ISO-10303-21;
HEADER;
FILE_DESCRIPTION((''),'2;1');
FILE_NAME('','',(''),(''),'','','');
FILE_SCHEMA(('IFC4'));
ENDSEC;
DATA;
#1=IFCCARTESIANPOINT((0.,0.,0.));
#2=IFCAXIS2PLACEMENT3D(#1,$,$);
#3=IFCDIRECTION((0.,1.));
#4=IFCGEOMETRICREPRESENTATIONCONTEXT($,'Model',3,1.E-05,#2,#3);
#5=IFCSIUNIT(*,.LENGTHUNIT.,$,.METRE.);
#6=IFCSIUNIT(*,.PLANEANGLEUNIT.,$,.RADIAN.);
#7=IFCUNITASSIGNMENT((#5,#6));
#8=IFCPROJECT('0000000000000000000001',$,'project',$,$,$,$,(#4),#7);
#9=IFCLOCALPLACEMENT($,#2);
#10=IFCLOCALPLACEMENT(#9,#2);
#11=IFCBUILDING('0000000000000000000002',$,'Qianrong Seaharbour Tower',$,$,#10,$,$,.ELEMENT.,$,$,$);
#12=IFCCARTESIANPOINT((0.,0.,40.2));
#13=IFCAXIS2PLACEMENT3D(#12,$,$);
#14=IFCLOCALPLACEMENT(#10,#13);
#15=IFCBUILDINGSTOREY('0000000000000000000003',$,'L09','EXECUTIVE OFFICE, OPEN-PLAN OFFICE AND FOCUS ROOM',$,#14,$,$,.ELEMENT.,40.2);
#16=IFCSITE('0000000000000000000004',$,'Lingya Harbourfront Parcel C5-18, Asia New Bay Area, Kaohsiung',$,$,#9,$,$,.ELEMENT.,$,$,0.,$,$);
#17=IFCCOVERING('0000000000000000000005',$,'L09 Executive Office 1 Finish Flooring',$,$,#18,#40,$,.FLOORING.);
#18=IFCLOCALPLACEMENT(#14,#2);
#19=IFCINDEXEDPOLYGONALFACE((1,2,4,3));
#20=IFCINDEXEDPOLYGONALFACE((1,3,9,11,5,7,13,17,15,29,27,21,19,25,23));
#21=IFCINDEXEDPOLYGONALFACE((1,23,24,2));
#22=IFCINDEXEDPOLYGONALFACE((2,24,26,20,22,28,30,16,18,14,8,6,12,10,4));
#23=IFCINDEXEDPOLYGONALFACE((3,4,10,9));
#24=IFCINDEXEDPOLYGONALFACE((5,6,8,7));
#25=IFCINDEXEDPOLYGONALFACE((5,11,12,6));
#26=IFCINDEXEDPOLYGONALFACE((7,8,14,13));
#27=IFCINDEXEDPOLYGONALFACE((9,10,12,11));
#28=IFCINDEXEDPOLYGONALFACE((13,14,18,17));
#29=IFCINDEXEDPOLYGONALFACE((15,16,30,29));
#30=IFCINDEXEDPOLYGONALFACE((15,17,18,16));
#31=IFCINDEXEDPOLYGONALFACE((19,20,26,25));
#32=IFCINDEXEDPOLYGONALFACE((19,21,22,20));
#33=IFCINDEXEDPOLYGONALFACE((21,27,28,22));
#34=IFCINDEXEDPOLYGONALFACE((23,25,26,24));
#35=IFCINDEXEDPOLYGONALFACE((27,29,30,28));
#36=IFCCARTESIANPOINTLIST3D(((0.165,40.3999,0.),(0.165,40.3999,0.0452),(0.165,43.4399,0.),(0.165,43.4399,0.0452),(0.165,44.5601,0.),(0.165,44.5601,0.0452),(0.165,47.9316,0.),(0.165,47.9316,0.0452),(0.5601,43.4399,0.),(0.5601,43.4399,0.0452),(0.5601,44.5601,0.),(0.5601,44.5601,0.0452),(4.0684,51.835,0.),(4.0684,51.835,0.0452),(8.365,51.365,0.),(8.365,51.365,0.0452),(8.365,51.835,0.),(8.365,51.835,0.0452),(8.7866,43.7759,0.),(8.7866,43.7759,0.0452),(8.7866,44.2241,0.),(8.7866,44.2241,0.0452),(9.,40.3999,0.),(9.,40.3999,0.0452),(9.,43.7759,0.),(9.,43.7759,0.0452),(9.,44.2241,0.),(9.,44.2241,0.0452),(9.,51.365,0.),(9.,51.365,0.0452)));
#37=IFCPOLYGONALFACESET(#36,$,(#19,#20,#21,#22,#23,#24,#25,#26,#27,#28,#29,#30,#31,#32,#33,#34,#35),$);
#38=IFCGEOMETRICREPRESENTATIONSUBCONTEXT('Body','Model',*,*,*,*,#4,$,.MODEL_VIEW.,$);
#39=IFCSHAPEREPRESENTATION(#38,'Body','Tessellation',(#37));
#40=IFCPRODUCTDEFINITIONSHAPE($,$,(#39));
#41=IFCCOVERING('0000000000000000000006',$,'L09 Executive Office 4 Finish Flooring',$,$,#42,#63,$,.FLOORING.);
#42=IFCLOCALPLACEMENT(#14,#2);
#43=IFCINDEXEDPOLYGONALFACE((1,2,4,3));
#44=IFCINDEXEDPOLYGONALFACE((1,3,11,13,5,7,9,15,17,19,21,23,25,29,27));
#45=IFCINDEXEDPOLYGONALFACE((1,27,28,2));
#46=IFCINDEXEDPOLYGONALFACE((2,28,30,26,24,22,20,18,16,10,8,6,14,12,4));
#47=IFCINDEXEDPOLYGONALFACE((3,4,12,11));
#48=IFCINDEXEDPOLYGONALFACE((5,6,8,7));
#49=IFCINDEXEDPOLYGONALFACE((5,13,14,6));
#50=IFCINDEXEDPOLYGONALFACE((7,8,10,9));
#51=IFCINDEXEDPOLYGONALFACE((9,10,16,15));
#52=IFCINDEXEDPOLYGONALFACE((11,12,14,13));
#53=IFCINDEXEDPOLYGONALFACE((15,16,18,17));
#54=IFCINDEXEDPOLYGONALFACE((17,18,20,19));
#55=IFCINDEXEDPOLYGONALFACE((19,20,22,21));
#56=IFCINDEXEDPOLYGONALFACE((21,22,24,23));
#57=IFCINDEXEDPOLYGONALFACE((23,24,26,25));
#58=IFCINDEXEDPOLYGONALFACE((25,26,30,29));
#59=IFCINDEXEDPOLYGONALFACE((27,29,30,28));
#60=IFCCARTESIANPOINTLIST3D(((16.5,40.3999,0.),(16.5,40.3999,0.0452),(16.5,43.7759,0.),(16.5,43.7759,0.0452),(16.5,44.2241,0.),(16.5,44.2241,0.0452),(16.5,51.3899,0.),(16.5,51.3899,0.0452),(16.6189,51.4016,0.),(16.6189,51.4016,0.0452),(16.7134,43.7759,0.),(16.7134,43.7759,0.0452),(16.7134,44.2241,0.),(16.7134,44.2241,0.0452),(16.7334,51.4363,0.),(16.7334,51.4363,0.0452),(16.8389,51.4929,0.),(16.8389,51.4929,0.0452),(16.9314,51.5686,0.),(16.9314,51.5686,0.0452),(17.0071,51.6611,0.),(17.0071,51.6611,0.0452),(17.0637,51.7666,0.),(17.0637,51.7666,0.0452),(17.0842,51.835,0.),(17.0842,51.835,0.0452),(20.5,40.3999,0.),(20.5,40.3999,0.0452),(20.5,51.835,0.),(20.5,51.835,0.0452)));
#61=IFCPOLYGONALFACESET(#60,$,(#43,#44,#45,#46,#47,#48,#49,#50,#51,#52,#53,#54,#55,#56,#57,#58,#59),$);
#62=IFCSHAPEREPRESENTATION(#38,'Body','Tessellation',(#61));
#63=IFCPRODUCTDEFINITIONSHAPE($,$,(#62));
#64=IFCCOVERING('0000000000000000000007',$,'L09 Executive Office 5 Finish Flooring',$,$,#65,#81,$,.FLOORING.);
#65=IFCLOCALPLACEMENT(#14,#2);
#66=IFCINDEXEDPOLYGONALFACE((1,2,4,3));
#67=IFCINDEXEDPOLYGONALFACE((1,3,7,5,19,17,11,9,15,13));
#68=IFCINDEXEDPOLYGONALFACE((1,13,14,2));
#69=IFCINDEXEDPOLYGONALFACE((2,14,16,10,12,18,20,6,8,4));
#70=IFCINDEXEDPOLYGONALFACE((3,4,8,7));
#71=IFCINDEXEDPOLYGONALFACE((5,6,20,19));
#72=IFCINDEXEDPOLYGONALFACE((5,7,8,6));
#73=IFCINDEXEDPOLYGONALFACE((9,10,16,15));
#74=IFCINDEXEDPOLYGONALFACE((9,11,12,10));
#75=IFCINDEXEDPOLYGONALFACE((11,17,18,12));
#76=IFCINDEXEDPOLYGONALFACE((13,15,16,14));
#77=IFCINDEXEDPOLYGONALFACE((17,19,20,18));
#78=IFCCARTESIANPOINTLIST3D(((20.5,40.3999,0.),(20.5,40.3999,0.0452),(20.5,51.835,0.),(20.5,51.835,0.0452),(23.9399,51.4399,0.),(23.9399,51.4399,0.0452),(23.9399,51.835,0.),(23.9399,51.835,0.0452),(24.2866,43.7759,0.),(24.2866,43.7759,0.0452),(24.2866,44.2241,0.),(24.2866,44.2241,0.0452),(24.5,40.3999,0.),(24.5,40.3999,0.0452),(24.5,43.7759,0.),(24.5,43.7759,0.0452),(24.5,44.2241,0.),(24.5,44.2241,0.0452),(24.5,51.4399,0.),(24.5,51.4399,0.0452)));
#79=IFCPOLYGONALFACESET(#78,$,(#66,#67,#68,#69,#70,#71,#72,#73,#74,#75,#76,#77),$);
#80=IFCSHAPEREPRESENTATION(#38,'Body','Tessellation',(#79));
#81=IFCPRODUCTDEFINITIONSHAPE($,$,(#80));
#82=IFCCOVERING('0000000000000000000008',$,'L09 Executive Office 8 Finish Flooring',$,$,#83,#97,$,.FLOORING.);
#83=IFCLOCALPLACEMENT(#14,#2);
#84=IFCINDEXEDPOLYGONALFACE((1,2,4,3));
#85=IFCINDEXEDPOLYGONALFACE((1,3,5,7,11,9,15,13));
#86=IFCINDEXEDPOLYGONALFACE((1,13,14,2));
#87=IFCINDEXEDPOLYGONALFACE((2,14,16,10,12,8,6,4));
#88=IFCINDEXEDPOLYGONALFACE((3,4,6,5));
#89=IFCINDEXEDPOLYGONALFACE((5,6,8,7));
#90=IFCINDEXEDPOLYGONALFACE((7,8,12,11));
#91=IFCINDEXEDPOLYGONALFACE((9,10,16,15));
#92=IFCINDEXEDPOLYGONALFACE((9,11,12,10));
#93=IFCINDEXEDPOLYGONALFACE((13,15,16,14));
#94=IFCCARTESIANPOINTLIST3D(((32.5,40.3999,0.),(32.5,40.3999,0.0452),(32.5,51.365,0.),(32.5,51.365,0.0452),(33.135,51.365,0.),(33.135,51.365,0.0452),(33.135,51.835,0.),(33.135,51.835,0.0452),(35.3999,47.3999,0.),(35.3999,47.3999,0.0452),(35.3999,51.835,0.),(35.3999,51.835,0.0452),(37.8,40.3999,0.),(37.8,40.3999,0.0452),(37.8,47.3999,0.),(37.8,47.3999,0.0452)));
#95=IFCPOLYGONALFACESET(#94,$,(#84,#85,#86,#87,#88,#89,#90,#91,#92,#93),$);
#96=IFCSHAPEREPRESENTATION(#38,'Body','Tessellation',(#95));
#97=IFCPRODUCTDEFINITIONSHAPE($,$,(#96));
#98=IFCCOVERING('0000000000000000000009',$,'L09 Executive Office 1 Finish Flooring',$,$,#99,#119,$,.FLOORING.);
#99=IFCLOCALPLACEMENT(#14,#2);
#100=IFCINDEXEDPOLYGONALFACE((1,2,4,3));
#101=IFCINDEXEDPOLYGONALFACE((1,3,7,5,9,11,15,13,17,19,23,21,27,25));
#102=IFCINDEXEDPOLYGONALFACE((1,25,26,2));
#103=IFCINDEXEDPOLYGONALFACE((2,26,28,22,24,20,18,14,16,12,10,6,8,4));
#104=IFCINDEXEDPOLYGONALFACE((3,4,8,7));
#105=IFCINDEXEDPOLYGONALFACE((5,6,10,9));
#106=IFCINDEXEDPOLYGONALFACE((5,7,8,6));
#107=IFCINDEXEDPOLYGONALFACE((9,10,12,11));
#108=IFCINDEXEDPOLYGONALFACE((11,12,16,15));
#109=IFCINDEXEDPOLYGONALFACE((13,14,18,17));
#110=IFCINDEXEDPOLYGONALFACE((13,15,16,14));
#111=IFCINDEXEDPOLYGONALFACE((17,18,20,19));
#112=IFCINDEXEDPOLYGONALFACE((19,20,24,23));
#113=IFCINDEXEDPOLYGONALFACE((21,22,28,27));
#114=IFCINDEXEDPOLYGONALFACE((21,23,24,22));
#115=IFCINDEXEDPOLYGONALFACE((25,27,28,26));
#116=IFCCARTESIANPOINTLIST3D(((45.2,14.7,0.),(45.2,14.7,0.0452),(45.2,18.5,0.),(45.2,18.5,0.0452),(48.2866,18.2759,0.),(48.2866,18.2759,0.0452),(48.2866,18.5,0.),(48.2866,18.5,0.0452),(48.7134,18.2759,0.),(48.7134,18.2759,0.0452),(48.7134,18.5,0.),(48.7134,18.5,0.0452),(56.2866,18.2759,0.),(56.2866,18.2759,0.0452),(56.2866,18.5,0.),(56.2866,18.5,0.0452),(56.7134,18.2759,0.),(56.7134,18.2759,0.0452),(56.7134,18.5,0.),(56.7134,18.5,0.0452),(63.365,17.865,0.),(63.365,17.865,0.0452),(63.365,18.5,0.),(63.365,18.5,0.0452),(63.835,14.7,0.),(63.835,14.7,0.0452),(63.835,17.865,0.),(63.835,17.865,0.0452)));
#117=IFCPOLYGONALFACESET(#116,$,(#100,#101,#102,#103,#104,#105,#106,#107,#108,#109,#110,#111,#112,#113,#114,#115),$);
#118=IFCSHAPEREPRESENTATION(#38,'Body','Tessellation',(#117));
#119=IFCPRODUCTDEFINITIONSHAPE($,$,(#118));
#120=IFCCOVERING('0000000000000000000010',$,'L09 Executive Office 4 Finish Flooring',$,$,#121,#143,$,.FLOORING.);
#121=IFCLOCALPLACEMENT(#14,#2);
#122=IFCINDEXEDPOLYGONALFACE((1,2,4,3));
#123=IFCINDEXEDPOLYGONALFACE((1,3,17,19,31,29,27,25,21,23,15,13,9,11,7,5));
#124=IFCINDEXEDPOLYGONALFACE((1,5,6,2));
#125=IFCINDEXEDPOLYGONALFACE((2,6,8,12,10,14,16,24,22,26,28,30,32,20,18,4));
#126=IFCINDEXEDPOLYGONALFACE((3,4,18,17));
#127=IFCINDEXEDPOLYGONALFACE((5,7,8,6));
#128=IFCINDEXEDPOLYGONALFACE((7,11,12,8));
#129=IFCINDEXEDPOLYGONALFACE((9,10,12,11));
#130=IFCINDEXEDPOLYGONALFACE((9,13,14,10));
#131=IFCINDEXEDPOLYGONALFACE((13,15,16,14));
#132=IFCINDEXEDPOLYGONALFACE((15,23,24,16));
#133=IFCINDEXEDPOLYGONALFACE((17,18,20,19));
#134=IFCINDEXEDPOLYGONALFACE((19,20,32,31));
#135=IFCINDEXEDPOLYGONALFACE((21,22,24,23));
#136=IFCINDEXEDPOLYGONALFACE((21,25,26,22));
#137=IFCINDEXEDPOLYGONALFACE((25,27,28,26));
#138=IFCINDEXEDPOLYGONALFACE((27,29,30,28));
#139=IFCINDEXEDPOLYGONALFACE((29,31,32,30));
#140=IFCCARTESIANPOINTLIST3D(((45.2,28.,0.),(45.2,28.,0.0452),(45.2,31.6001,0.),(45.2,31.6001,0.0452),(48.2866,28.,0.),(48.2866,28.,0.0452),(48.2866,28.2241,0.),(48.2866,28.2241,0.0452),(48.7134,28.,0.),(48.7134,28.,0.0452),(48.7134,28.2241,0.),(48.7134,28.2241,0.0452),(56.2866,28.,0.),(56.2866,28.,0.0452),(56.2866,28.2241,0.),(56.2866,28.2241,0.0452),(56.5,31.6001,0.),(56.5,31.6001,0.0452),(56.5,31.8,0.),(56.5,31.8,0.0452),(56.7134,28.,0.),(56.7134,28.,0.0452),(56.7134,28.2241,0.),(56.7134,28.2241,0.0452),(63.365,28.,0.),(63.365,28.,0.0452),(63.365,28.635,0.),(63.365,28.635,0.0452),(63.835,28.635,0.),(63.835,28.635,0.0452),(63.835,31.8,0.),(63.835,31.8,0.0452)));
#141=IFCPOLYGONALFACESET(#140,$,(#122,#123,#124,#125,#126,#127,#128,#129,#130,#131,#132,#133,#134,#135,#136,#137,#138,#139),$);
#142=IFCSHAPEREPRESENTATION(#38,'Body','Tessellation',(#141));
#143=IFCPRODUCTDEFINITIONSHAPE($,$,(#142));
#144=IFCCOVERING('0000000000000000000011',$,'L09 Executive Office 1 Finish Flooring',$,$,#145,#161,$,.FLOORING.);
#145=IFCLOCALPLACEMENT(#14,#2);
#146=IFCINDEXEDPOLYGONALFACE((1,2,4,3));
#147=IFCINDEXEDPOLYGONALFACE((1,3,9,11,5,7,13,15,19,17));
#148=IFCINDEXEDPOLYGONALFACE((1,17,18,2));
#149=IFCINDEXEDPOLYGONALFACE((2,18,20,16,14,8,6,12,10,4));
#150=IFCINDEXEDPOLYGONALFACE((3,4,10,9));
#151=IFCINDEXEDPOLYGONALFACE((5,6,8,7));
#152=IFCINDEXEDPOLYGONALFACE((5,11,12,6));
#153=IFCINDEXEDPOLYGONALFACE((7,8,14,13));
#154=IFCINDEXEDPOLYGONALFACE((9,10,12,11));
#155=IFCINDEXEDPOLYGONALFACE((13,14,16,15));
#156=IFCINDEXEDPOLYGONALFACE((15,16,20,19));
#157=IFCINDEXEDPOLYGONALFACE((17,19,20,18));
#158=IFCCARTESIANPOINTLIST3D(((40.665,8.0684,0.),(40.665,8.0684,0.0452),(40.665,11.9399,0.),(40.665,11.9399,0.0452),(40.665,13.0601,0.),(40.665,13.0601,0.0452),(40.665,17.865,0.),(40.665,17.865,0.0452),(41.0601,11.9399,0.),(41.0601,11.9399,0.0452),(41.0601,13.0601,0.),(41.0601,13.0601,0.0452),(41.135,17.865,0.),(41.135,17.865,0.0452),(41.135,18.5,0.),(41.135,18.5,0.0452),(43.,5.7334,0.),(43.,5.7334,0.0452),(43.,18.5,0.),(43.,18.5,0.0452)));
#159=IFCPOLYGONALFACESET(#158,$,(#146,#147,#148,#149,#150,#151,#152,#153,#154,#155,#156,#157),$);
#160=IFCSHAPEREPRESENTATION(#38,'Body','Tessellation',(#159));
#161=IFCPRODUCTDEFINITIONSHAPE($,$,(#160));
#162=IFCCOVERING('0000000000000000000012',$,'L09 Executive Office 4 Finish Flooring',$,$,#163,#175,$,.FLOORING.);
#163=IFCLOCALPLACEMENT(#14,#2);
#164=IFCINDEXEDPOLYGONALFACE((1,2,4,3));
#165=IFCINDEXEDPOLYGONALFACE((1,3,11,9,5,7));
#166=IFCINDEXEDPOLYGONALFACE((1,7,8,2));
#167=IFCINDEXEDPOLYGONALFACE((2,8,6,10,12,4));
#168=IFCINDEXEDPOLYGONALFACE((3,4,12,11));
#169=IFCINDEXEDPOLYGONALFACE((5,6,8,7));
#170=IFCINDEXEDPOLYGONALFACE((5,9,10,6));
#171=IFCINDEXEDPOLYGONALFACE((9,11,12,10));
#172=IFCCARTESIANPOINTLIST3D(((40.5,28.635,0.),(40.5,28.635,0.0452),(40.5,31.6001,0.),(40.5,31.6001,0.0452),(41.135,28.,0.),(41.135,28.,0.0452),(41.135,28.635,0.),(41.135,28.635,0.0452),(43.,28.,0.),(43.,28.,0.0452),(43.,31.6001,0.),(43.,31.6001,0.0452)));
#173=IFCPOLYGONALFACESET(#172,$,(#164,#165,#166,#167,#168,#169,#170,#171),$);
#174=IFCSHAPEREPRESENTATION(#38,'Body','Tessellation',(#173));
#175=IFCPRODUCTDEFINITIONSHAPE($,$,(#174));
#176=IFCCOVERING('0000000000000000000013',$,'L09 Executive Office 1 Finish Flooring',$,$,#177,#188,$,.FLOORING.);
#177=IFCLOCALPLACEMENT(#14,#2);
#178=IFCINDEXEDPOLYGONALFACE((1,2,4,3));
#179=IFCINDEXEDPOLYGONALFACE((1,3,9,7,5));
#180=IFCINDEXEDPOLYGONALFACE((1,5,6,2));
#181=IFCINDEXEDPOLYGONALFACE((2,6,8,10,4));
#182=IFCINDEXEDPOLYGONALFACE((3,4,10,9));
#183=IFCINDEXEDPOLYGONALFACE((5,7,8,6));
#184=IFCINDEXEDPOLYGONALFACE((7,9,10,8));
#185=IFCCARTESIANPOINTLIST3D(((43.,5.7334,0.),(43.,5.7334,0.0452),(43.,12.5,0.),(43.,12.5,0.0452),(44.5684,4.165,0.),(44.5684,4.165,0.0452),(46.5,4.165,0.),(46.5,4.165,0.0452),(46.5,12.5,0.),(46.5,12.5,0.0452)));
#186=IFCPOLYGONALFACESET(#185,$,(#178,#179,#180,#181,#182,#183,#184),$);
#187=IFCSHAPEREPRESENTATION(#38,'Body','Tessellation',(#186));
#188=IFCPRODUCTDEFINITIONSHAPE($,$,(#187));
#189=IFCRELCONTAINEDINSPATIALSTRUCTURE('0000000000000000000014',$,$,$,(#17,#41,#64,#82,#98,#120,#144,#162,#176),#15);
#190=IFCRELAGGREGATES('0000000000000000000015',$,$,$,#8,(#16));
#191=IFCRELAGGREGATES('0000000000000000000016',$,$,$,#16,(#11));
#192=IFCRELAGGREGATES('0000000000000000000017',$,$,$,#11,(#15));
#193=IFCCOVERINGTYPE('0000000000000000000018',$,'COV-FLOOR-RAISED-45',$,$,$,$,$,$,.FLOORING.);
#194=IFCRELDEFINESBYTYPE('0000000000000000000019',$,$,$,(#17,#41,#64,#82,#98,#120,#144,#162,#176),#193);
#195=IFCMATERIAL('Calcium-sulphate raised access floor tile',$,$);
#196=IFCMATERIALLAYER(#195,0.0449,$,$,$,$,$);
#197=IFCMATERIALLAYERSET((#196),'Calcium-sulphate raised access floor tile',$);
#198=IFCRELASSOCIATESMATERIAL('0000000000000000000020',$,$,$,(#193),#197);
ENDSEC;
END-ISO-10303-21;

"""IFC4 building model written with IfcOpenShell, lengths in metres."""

from ifc_helpers import new_model, si_unit, direction, frame, origin, place, context, subcontext, project, spatial, polyline, outline, extrude, material, layer, layer_set, type_object, element, save


model = new_model("IFC4")

# Units and contexts
model_context = context("Model", 3, precision=1e-05, world=origin(), true_north=direction((0.0, 1.0)))
body_context = subcontext(model_context, "Body", "Model", "MODEL_VIEW")
ifc_project = project(units=[si_unit("LENGTHUNIT", "METRE"), si_unit("PLANEANGLEUNIT", "RADIAN")], contexts=[model_context])

# Site, building, storey
site_placement = place(None, origin())
site = spatial("IfcSite", under=ifc_project, at=site_placement, Name="Lingya Harbourfront Parcel C5-18, Asia New Bay Area, Kaohsiung", CompositionType="ELEMENT", RefElevation=0.0)
building_placement = place(site_placement, origin())
building = spatial("IfcBuilding", under=site, at=building_placement, Name="Qianrong Seaharbour Tower", CompositionType="ELEMENT")
storey_placement = place(building_placement, frame((0.0, 0.0, 40.2)))
storey = spatial("IfcBuildingStorey", under=building, at=storey_placement, Name="L09", Description="EXECUTIVE OFFICE, OPEN-PLAN OFFICE AND FOCUS ROOM", CompositionType="ELEMENT", Elevation=40.2)

# Coverings
ifc_material_1 = material(Name="Calcium-sulphate raised access floor tile")
ifc_layer_1 = layer(ifc_material_1, 0.0449)
ifc_layer_set_1 = layer_set([ifc_layer_1], Name="Calcium-sulphate raised access floor tile")
covering_type_1 = type_object("IfcCoveringType", Name="COV-FLOOR-RAISED-45", PredefinedType="FLOORING", material=ifc_layer_set_1)
covering_1_placement = place(storey_placement, origin())
element("IfcCovering", 1, at=covering_1_placement, inside=storey, type_object=covering_type_1, Name="L09 Executive Office 1 Finish Flooring", PredefinedType="FLOORING", context=body_context, shape_type="SweptSolid", body=[
    extrude(outline(polyline([(0.165, 43.4399), (0.5601, 43.4399), (0.5601, 44.5601), (0.165, 44.5601), (0.165, 47.9316), (4.0684, 51.835), (8.365, 51.835), (8.365, 51.365), (9.0, 51.365), (9.0, 44.2241), (8.7866, 44.2241), (8.7866, 43.7759), (9.0, 43.7759), (9.0, 40.3999), (0.165, 40.3999), (0.165, 43.4399)])), origin(), (0.0, 0.0, 1.0), 0.0452),
])
covering_2_placement = place(storey_placement, origin())
element("IfcCovering", 2, at=covering_2_placement, inside=storey, type_object=covering_type_1, Name="L09 Executive Office 4 Finish Flooring", PredefinedType="FLOORING", context=body_context, shape_type="SweptSolid", body=[
    extrude(outline(polyline([(16.5, 43.7759), (16.7134, 43.7759), (16.7134, 44.2241), (16.5, 44.2241), (16.5, 51.3899), (16.6189, 51.4016), (16.7334, 51.4363), (16.8389, 51.4929), (16.9314, 51.5686), (17.0071, 51.6611), (17.0637, 51.7666), (17.0842, 51.835), (20.5, 51.835), (20.5, 40.3999), (16.5, 40.3999), (16.5, 43.7759)])), origin(), (0.0, 0.0, 1.0), 0.0452),
])
covering_3_placement = place(storey_placement, origin())
element("IfcCovering", 3, at=covering_3_placement, inside=storey, type_object=covering_type_1, Name="L09 Executive Office 5 Finish Flooring", PredefinedType="FLOORING", context=body_context, shape_type="SweptSolid", body=[
    extrude(outline(polyline([(20.5, 51.835), (23.9399, 51.835), (23.9399, 51.4399), (24.5, 51.4399), (24.5, 44.2241), (24.2866, 44.2241), (24.2866, 43.7759), (24.5, 43.7759), (24.5, 40.3999), (20.5, 40.3999), (20.5, 51.835)])), origin(), (0.0, 0.0, 1.0), 0.0452),
])
covering_4_placement = place(storey_placement, origin())
element("IfcCovering", 4, at=covering_4_placement, inside=storey, type_object=covering_type_1, Name="L09 Executive Office 8 Finish Flooring", PredefinedType="FLOORING", context=body_context, shape_type="SweptSolid", body=[
    extrude(outline(polyline([(32.5, 51.365), (33.135, 51.365), (33.135, 51.835), (35.3999, 51.835), (35.3999, 47.3999), (37.8, 47.3999), (37.8, 40.3999), (32.5, 40.3999), (32.5, 51.365)])), origin(), (0.0, 0.0, 1.0), 0.0452),
])
covering_5_placement = place(storey_placement, origin())
element("IfcCovering", 5, at=covering_5_placement, inside=storey, type_object=covering_type_1, Name="L09 Executive Office 1 Finish Flooring", PredefinedType="FLOORING", context=body_context, shape_type="SweptSolid", body=[
    extrude(outline(polyline([(48.2866, 18.5), (48.2866, 18.2759), (48.7134, 18.2759), (48.7134, 18.5), (56.2866, 18.5), (56.2866, 18.2759), (56.7134, 18.2759), (56.7134, 18.5), (63.365, 18.5), (63.365, 17.865), (63.835, 17.865), (63.835, 14.7), (45.2, 14.7), (45.2, 18.5), (48.2866, 18.5)])), origin(), (0.0, 0.0, 1.0), 0.0452),
])
covering_6_placement = place(storey_placement, origin())
element("IfcCovering", 6, at=covering_6_placement, inside=storey, type_object=covering_type_1, Name="L09 Executive Office 4 Finish Flooring", PredefinedType="FLOORING", context=body_context, shape_type="SweptSolid", body=[
    extrude(outline(polyline([(56.5, 31.6001), (56.5, 31.8), (63.835, 31.8), (63.835, 28.635), (63.365, 28.635), (63.365, 28.0), (56.7134, 28.0), (56.7134, 28.2241), (56.2866, 28.2241), (56.2866, 28.0), (48.7134, 28.0), (48.7134, 28.2241), (48.2866, 28.2241), (48.2866, 28.0), (45.2, 28.0), (45.2, 31.6001), (56.5, 31.6001)])), origin(), (0.0, 0.0, 1.0), 0.0452),
])
covering_7_placement = place(storey_placement, origin())
element("IfcCovering", 7, at=covering_7_placement, inside=storey, type_object=covering_type_1, Name="L09 Executive Office 1 Finish Flooring", PredefinedType="FLOORING", context=body_context, shape_type="SweptSolid", body=[
    extrude(outline(polyline([(40.665, 8.0684), (40.665, 11.9399), (41.0601, 11.9399), (41.0601, 13.0601), (40.665, 13.0601), (40.665, 17.865), (41.135, 17.865), (41.135, 18.5), (43.0, 18.5), (43.0, 5.7334), (40.665, 8.0684)])), origin(), (0.0, 0.0, 1.0), 0.0452),
])
covering_8_placement = place(storey_placement, origin())
element("IfcCovering", 8, at=covering_8_placement, inside=storey, type_object=covering_type_1, Name="L09 Executive Office 4 Finish Flooring", PredefinedType="FLOORING", context=body_context, shape_type="SweptSolid", body=[
    extrude(outline(polyline([(43.0, 28.0), (41.135, 28.0), (41.135, 28.635), (40.5, 28.635), (40.5, 31.6001), (43.0, 31.6001), (43.0, 28.0)])), origin(), (0.0, 0.0, 1.0), 0.0452),
])
covering_9_placement = place(storey_placement, origin())
element("IfcCovering", 9, at=covering_9_placement, inside=storey, type_object=covering_type_1, Name="L09 Executive Office 1 Finish Flooring", PredefinedType="FLOORING", context=body_context, shape_type="SweptSolid", body=[
    extrude(outline(polyline([(46.5, 4.165), (44.5684, 4.165), (43.0, 5.7334), (43.0, 12.5), (46.5, 12.5), (46.5, 4.165)])), origin(), (0.0, 0.0, 1.0), 0.0452),
])

save(model, "model.ifc")
